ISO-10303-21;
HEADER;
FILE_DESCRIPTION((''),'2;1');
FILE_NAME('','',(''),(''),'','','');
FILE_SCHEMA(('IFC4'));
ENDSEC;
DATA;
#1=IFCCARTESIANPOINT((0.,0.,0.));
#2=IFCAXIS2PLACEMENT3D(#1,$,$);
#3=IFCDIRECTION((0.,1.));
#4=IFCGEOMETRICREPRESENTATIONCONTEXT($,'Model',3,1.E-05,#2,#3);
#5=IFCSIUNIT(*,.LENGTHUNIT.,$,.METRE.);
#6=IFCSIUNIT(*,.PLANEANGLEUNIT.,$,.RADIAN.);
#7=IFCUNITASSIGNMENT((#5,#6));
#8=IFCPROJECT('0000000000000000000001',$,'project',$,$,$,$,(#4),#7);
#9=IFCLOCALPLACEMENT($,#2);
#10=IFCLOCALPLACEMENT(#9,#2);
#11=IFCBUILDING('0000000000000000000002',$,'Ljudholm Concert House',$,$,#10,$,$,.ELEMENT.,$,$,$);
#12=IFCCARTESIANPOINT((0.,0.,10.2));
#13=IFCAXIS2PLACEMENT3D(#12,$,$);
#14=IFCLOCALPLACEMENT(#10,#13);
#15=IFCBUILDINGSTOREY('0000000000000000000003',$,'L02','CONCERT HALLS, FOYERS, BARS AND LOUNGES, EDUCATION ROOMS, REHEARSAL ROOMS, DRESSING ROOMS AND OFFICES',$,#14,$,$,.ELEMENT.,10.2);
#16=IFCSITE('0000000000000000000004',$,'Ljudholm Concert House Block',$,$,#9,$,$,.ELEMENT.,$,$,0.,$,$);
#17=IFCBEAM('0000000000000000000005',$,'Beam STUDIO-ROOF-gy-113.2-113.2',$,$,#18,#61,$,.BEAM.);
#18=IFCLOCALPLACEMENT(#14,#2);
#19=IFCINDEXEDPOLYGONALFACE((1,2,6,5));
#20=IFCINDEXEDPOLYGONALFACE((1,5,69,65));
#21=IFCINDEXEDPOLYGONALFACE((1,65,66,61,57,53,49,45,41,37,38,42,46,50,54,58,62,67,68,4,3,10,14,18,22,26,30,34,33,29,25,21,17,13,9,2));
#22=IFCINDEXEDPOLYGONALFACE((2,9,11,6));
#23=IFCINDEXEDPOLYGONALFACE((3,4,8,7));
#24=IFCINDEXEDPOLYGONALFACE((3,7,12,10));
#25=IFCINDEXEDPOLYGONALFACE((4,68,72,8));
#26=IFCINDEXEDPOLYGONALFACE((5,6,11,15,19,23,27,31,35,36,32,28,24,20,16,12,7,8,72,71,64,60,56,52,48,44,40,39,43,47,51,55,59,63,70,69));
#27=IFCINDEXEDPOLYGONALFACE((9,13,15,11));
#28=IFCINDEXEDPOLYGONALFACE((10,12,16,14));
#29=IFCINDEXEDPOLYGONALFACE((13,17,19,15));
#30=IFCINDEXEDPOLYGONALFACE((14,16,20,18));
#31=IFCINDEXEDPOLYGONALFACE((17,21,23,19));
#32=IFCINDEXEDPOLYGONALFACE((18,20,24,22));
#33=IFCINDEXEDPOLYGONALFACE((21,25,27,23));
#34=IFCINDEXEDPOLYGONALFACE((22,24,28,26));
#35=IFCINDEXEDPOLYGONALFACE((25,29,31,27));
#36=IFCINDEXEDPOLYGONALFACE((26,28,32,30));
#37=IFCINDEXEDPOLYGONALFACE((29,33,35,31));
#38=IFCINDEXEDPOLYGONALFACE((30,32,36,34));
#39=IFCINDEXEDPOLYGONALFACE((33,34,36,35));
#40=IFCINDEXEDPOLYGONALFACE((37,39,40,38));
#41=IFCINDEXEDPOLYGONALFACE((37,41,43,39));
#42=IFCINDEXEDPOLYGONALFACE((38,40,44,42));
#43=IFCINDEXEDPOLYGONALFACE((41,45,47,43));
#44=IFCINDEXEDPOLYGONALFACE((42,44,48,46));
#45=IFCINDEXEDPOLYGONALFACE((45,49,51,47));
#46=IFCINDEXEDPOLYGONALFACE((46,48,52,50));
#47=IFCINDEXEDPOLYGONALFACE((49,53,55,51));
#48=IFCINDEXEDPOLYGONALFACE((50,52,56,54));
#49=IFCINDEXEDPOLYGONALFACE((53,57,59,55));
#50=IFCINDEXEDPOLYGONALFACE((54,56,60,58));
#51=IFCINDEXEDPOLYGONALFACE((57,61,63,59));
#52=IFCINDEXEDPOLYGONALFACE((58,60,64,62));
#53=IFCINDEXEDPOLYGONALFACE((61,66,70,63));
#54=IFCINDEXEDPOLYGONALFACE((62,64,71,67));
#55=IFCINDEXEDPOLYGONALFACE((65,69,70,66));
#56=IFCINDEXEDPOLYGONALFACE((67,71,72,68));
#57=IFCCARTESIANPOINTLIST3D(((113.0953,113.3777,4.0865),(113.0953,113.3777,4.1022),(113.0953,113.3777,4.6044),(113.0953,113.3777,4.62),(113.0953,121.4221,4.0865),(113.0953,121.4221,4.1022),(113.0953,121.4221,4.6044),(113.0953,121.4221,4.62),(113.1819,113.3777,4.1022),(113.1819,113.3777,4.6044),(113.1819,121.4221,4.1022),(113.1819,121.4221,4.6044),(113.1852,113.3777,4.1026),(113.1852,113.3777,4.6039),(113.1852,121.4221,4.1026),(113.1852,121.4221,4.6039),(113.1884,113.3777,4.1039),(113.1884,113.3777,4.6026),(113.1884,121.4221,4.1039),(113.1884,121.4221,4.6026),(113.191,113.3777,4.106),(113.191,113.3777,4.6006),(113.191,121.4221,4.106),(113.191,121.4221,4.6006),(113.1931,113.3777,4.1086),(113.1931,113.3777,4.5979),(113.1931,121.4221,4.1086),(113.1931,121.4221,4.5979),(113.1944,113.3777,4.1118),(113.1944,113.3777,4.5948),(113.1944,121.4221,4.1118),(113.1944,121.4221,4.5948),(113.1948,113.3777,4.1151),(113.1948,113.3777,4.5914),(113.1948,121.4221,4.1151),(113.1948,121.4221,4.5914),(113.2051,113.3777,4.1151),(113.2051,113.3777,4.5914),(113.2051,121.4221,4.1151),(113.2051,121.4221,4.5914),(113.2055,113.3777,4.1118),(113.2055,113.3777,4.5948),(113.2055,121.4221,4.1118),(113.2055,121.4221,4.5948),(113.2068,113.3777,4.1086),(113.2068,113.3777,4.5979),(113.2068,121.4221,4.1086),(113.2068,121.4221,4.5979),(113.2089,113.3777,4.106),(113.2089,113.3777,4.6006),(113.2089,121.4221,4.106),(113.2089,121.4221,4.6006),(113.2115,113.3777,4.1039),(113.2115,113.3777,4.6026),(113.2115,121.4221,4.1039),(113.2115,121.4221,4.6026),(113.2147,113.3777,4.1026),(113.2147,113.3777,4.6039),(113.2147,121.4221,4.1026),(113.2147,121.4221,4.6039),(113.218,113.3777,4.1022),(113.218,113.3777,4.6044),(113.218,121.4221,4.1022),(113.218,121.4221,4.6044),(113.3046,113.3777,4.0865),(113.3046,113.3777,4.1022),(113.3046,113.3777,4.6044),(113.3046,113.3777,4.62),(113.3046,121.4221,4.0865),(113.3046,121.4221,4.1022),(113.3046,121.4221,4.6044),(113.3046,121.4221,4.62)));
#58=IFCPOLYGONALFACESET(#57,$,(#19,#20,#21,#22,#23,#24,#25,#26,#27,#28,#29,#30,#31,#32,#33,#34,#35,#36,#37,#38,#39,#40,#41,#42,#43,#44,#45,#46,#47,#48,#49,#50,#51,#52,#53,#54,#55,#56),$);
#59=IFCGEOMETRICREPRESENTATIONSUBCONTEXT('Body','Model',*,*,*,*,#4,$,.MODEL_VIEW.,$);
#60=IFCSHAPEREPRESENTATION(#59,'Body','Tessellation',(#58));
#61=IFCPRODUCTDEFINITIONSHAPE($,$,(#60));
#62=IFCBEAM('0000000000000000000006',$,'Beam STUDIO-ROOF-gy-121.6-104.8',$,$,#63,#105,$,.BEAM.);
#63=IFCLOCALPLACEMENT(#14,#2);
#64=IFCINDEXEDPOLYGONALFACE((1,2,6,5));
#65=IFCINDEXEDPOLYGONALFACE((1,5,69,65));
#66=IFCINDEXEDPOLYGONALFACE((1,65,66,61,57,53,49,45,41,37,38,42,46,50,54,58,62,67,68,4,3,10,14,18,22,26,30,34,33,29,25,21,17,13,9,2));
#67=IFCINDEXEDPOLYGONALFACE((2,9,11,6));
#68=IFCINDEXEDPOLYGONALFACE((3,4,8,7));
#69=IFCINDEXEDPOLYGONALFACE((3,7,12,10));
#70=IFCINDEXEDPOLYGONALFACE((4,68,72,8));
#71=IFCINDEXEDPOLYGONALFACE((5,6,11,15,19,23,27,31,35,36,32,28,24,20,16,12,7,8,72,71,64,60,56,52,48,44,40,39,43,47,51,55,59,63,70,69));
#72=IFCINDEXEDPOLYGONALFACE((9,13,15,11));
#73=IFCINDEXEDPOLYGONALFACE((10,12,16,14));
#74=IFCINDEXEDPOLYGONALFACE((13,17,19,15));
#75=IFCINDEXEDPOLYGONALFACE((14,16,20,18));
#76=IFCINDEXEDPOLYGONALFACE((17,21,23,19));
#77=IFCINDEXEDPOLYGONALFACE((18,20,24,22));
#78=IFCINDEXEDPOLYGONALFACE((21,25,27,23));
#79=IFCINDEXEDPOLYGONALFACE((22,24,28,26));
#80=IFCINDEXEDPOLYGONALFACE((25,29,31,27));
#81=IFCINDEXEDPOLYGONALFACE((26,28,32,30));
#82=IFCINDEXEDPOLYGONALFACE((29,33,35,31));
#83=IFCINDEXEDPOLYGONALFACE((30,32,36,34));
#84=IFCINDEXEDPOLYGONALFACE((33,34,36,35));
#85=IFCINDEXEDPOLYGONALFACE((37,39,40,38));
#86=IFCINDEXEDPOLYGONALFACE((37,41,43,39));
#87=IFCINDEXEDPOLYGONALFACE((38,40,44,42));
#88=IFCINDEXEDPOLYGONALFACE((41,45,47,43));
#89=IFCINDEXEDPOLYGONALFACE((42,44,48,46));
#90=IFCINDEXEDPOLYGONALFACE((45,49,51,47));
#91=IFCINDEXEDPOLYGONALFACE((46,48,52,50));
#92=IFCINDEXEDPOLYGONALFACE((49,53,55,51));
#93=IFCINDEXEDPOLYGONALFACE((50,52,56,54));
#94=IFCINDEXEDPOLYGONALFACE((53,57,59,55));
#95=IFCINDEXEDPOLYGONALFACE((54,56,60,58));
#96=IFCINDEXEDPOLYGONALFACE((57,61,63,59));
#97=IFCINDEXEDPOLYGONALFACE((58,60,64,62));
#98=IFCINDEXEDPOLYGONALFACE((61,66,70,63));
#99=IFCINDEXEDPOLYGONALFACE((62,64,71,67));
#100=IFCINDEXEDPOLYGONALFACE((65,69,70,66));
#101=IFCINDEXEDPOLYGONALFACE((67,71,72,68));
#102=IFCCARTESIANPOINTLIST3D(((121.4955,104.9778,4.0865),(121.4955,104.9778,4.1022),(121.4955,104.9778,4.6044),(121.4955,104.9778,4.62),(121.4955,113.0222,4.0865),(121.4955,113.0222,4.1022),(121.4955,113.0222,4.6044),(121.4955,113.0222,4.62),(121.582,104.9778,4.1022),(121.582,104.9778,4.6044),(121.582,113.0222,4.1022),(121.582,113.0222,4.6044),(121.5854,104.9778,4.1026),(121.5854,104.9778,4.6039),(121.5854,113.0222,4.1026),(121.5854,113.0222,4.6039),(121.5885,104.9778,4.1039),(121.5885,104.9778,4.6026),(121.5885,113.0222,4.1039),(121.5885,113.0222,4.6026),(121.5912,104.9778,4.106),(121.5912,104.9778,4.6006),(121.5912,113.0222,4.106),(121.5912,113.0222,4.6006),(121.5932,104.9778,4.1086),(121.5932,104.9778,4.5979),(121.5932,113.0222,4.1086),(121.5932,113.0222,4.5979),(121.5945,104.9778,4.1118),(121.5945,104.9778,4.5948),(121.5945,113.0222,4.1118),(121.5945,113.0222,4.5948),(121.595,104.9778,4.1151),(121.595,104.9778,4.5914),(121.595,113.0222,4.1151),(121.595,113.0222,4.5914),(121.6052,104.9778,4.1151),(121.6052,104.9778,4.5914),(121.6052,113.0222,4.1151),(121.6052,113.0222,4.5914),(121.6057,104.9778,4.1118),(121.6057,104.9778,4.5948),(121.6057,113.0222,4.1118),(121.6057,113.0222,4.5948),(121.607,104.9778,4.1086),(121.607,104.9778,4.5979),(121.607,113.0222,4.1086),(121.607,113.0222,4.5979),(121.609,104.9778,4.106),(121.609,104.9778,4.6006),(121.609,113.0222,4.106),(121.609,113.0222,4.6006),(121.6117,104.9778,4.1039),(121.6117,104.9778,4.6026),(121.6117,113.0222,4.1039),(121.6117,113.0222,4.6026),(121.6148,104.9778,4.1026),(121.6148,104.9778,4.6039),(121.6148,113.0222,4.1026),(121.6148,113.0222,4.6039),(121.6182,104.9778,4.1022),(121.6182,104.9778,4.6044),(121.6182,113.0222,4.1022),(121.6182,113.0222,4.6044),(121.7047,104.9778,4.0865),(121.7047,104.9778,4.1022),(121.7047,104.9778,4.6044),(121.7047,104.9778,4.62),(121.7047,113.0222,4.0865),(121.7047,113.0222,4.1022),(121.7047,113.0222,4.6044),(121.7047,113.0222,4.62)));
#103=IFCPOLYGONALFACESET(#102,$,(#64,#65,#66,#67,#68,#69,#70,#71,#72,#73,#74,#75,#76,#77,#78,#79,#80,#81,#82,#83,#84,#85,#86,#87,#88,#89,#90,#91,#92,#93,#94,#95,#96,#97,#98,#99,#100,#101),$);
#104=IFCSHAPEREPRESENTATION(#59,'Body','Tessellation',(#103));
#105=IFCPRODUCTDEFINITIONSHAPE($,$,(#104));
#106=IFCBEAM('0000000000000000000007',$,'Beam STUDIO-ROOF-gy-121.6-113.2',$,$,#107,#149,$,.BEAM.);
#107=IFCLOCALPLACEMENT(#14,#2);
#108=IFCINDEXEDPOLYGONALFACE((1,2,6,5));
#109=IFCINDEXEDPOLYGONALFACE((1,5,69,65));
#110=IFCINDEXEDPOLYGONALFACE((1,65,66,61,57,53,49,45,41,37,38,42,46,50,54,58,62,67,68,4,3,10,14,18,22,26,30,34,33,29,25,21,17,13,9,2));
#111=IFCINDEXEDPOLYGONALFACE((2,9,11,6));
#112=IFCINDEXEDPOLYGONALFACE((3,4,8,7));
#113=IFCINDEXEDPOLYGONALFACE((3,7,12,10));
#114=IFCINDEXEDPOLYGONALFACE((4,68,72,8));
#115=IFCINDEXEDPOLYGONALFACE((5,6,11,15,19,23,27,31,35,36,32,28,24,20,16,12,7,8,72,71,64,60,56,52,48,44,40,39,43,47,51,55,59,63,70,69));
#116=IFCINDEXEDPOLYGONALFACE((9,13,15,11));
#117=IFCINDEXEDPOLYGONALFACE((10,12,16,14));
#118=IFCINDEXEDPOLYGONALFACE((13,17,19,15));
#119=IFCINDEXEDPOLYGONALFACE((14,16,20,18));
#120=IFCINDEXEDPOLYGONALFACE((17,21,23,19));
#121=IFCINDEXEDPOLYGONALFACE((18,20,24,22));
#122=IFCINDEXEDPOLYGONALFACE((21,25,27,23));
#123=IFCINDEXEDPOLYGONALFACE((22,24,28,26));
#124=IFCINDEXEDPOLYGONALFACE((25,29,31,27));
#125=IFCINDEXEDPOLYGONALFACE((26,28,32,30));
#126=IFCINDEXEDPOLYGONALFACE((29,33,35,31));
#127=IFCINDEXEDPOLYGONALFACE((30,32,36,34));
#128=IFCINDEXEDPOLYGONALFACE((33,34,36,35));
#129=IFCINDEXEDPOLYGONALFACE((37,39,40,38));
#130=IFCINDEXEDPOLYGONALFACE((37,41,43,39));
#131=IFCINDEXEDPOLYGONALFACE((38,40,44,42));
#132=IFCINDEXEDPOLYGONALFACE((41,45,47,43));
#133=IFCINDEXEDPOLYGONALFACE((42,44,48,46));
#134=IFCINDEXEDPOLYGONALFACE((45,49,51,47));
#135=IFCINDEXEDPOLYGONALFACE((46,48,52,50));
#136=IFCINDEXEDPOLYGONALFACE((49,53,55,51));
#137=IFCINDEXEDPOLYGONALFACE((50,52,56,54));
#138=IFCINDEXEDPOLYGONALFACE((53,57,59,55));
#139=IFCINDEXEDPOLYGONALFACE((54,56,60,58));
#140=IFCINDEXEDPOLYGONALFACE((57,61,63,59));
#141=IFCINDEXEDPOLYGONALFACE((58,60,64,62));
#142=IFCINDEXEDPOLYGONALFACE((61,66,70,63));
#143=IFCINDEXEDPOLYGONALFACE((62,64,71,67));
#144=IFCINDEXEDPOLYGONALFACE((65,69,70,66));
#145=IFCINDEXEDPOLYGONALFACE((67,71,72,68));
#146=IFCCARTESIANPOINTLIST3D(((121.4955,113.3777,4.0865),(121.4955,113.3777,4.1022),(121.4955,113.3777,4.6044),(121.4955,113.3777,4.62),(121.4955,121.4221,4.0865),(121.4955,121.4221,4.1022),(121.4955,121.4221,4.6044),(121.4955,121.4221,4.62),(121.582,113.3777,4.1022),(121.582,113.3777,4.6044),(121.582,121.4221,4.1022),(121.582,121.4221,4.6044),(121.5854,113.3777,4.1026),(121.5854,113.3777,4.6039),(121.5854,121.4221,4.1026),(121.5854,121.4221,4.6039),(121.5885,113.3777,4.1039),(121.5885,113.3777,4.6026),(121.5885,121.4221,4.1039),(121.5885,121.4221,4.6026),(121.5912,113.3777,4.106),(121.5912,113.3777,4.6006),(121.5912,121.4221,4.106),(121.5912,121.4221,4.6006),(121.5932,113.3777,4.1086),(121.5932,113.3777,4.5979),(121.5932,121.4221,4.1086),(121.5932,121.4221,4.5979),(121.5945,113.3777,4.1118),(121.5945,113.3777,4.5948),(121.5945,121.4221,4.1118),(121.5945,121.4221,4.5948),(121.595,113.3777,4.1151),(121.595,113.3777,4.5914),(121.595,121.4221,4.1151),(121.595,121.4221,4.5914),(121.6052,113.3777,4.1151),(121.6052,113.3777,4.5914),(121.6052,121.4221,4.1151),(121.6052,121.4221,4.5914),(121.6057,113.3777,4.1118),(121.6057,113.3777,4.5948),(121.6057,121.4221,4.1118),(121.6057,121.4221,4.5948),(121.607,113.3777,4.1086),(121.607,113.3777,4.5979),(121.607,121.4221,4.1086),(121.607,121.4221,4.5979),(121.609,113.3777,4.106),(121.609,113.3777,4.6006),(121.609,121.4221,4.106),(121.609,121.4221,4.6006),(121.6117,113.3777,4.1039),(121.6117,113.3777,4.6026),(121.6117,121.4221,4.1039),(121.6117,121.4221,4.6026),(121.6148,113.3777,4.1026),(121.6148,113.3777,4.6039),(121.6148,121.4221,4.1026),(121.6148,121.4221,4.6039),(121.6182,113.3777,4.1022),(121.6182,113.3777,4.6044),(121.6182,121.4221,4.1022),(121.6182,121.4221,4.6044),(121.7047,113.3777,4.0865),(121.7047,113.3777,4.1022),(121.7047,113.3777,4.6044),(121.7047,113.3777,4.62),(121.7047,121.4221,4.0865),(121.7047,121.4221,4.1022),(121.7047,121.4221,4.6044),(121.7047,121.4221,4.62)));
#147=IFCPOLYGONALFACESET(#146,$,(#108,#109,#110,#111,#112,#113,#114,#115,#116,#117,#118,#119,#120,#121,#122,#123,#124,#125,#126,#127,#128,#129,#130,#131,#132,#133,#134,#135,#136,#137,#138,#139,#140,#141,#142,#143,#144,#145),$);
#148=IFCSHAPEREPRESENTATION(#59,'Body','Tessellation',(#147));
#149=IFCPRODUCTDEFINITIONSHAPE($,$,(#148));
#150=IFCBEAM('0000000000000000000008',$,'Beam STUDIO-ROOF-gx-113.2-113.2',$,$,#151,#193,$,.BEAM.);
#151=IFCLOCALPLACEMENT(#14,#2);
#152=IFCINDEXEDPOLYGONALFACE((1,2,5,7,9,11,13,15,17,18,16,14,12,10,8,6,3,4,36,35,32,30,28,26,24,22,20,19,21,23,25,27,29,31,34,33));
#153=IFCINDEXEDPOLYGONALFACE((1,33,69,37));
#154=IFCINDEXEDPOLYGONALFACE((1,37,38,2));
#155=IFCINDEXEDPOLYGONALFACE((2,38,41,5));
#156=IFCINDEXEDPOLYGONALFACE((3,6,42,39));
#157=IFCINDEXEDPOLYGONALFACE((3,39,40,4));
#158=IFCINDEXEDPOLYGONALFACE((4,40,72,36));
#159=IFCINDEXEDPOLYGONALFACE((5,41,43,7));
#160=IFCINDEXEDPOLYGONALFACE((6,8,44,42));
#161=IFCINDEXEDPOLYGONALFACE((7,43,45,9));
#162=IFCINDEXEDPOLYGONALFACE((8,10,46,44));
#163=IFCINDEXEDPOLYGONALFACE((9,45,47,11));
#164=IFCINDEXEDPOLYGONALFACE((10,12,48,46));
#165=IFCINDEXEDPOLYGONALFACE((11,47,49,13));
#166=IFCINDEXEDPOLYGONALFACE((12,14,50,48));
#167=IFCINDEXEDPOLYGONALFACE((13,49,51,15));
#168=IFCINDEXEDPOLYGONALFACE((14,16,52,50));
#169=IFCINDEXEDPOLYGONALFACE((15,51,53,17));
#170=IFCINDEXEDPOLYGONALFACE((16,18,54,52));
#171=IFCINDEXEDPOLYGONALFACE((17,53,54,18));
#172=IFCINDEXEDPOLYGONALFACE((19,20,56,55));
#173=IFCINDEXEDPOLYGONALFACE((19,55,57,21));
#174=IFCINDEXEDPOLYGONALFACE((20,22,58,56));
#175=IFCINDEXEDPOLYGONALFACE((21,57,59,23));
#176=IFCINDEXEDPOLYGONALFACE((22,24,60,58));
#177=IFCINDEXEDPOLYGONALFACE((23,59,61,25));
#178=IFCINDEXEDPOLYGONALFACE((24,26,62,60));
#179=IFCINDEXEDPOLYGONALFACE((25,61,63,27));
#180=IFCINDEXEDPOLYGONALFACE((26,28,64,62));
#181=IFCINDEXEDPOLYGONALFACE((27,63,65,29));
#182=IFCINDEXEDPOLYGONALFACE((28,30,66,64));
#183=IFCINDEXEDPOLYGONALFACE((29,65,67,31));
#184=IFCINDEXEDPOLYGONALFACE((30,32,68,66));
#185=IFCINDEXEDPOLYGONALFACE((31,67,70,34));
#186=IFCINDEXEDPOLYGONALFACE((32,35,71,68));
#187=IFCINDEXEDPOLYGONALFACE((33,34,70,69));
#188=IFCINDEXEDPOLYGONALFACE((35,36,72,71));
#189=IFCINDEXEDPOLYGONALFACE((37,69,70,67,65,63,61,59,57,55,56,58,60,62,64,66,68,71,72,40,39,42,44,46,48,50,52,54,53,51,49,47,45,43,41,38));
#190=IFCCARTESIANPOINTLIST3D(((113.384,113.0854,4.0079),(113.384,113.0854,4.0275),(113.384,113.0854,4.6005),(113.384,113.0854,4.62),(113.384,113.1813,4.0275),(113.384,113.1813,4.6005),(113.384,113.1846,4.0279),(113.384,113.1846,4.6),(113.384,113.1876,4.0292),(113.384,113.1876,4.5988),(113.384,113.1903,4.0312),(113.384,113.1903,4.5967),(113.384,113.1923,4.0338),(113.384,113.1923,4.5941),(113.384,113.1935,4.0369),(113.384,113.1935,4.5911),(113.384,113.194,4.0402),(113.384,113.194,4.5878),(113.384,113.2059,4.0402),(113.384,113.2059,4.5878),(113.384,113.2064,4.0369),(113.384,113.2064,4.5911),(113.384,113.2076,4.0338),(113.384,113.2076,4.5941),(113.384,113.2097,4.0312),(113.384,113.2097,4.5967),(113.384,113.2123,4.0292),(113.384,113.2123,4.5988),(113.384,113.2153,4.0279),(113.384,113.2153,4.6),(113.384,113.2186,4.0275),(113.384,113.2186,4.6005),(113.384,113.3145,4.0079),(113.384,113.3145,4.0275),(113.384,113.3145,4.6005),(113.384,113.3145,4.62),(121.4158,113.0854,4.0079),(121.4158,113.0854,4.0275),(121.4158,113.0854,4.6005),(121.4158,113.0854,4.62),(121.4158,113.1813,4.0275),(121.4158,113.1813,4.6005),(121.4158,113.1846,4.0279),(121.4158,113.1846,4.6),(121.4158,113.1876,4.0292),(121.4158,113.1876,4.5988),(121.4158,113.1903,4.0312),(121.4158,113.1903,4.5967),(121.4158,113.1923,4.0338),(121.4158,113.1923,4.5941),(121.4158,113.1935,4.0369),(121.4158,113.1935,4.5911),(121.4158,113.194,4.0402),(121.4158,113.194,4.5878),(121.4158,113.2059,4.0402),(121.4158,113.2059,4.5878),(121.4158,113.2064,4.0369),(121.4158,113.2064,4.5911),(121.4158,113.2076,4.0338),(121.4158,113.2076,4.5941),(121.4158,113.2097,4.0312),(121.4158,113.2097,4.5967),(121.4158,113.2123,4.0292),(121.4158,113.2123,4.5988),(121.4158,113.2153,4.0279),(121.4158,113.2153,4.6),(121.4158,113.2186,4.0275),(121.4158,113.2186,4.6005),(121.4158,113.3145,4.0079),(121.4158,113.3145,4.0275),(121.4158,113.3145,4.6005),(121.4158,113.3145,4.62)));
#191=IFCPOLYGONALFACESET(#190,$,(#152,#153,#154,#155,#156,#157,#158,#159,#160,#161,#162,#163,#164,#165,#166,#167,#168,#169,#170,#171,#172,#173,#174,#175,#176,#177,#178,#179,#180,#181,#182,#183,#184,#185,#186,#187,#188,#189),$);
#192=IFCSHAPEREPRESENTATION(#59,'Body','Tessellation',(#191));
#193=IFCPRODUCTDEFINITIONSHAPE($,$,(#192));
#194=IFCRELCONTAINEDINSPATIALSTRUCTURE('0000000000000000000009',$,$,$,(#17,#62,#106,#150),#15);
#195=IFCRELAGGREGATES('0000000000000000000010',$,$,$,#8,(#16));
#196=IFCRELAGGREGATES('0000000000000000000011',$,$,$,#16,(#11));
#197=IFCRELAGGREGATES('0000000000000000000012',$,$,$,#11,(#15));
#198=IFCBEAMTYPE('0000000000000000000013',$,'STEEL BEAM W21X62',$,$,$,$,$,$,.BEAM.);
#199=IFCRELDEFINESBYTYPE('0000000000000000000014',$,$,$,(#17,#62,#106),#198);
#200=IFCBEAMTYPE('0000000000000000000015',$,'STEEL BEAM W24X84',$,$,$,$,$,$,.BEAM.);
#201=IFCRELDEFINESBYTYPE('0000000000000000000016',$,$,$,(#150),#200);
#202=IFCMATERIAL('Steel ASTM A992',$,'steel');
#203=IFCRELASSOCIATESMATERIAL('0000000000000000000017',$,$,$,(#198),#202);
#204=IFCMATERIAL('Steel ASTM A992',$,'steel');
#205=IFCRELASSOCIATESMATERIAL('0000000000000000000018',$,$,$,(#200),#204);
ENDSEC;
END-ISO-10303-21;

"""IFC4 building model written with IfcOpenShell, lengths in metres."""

from ifc_helpers import new_model, si_unit, direction, frame, origin, origin_2d, place, context, subcontext, project, spatial, i_section, extrude, material, material_profile, profile_set, type_object, element, save


model = new_model("IFC4")

# Units and contexts
model_context = context("Model", 3, precision=1e-05, world=origin(), true_north=direction((0.0, 1.0)))
body_context = subcontext(model_context, "Body", "Model", "MODEL_VIEW")
ifc_project = project(units=[si_unit("LENGTHUNIT", "METRE"), si_unit("PLANEANGLEUNIT", "RADIAN")], contexts=[model_context])

# Site, building, storey
site_placement = place(None, origin())
site = spatial("IfcSite", under=ifc_project, at=site_placement, Name="Ljudholm Concert House Block", CompositionType="ELEMENT", RefElevation=0.0)
building_placement = place(site_placement, origin())
building = spatial("IfcBuilding", under=site, at=building_placement, Name="Ljudholm Concert House", CompositionType="ELEMENT")
storey_placement = place(building_placement, frame((0.0, 0.0, 10.2)))
storey = spatial("IfcBuildingStorey", under=building, at=storey_placement, Name="L02", Description="CONCERT HALLS, FOYERS, BARS AND LOUNGES, EDUCATION ROOMS, REHEARSAL ROOMS, DRESSING ROOMS AND OFFICES", CompositionType="ELEMENT", Elevation=10.2)

# Beams
ifc_material_1 = material(Name="Steel ASTM A992", Category="steel")
ifc_material_profile_1 = material_profile(ifc_material_1, i_section(OverallWidth=0.2092, OverallDepth=0.5334, WebThickness=0.0103, FlangeThickness=0.0156, FilletRadius=0.0129, at=origin_2d()), Name="W21X62")
ifc_profile_set_1 = profile_set([ifc_material_profile_1], Name="Steel ASTM A992")
beam_type_1 = type_object("IfcBeamType", Name="STEEL BEAM W21X62", PredefinedType="BEAM", material=ifc_profile_set_1)
for number, where, z_axis, x_axis, name in (
    (1, (113.2, 113.3777, 4.3533), (0.0, 1.0, 0.0), (-1.0, 0.0, 0.0), "Beam STUDIO-ROOF-gy-113.2-113.2"),
    (2, (121.6001, 104.9778, 4.3533), (0.0, 1.0, 0.0), (-1.0, 0.0, 0.0), "Beam STUDIO-ROOF-gy-121.6-104.8"),
    (3, (121.6001, 113.3777, 4.3533), (0.0, 1.0, 0.0), (-1.0, 0.0, 0.0), "Beam STUDIO-ROOF-gy-121.6-113.2"),
):
    element("IfcBeam", number, at=place(storey_placement, frame(where, z_axis=z_axis, x_axis=x_axis)), inside=storey, type_object=beam_type_1, Name=name, PredefinedType="BEAM", context=body_context, shape_type="SweptSolid", body=[
        extrude(i_section(OverallWidth=0.2092, OverallDepth=0.5334, WebThickness=0.0103, FlangeThickness=0.0156, FilletRadius=0.0129, at=origin_2d()), origin(), (0.0, 0.0, 1.0), 8.0444),
    ])
ifc_material_2 = material(Name="Steel ASTM A992", Category="steel")
ifc_material_profile_2 = material_profile(ifc_material_2, i_section(OverallWidth=0.229, OverallDepth=0.6121, WebThickness=0.012, FlangeThickness=0.0195, FilletRadius=0.0127, at=origin_2d()), Name="W24X84")
ifc_profile_set_2 = profile_set([ifc_material_profile_2], Name="Steel ASTM A992")
beam_type_2 = type_object("IfcBeamType", Name="STEEL BEAM W24X84", PredefinedType="BEAM", material=ifc_profile_set_2)
for number, where, z_axis, x_axis, name in (
    (4, (113.384, 113.2, 4.314), (1.0, 0.0, 0.0), (0.0, 1.0, 0.0), "Beam STUDIO-ROOF-gx-113.2-113.2"),
):
    element("IfcBeam", number, at=place(storey_placement, frame(where, z_axis=z_axis, x_axis=x_axis)), inside=storey, type_object=beam_type_2, Name=name, PredefinedType="BEAM", context=body_context, shape_type="SweptSolid", body=[
        extrude(i_section(OverallWidth=0.229, OverallDepth=0.6121, WebThickness=0.012, FlangeThickness=0.0195, FilletRadius=0.0127, at=origin_2d()), origin(), (0.0, 0.0, 1.0), 8.0317),
    ])

save(model, "model.ifc")
